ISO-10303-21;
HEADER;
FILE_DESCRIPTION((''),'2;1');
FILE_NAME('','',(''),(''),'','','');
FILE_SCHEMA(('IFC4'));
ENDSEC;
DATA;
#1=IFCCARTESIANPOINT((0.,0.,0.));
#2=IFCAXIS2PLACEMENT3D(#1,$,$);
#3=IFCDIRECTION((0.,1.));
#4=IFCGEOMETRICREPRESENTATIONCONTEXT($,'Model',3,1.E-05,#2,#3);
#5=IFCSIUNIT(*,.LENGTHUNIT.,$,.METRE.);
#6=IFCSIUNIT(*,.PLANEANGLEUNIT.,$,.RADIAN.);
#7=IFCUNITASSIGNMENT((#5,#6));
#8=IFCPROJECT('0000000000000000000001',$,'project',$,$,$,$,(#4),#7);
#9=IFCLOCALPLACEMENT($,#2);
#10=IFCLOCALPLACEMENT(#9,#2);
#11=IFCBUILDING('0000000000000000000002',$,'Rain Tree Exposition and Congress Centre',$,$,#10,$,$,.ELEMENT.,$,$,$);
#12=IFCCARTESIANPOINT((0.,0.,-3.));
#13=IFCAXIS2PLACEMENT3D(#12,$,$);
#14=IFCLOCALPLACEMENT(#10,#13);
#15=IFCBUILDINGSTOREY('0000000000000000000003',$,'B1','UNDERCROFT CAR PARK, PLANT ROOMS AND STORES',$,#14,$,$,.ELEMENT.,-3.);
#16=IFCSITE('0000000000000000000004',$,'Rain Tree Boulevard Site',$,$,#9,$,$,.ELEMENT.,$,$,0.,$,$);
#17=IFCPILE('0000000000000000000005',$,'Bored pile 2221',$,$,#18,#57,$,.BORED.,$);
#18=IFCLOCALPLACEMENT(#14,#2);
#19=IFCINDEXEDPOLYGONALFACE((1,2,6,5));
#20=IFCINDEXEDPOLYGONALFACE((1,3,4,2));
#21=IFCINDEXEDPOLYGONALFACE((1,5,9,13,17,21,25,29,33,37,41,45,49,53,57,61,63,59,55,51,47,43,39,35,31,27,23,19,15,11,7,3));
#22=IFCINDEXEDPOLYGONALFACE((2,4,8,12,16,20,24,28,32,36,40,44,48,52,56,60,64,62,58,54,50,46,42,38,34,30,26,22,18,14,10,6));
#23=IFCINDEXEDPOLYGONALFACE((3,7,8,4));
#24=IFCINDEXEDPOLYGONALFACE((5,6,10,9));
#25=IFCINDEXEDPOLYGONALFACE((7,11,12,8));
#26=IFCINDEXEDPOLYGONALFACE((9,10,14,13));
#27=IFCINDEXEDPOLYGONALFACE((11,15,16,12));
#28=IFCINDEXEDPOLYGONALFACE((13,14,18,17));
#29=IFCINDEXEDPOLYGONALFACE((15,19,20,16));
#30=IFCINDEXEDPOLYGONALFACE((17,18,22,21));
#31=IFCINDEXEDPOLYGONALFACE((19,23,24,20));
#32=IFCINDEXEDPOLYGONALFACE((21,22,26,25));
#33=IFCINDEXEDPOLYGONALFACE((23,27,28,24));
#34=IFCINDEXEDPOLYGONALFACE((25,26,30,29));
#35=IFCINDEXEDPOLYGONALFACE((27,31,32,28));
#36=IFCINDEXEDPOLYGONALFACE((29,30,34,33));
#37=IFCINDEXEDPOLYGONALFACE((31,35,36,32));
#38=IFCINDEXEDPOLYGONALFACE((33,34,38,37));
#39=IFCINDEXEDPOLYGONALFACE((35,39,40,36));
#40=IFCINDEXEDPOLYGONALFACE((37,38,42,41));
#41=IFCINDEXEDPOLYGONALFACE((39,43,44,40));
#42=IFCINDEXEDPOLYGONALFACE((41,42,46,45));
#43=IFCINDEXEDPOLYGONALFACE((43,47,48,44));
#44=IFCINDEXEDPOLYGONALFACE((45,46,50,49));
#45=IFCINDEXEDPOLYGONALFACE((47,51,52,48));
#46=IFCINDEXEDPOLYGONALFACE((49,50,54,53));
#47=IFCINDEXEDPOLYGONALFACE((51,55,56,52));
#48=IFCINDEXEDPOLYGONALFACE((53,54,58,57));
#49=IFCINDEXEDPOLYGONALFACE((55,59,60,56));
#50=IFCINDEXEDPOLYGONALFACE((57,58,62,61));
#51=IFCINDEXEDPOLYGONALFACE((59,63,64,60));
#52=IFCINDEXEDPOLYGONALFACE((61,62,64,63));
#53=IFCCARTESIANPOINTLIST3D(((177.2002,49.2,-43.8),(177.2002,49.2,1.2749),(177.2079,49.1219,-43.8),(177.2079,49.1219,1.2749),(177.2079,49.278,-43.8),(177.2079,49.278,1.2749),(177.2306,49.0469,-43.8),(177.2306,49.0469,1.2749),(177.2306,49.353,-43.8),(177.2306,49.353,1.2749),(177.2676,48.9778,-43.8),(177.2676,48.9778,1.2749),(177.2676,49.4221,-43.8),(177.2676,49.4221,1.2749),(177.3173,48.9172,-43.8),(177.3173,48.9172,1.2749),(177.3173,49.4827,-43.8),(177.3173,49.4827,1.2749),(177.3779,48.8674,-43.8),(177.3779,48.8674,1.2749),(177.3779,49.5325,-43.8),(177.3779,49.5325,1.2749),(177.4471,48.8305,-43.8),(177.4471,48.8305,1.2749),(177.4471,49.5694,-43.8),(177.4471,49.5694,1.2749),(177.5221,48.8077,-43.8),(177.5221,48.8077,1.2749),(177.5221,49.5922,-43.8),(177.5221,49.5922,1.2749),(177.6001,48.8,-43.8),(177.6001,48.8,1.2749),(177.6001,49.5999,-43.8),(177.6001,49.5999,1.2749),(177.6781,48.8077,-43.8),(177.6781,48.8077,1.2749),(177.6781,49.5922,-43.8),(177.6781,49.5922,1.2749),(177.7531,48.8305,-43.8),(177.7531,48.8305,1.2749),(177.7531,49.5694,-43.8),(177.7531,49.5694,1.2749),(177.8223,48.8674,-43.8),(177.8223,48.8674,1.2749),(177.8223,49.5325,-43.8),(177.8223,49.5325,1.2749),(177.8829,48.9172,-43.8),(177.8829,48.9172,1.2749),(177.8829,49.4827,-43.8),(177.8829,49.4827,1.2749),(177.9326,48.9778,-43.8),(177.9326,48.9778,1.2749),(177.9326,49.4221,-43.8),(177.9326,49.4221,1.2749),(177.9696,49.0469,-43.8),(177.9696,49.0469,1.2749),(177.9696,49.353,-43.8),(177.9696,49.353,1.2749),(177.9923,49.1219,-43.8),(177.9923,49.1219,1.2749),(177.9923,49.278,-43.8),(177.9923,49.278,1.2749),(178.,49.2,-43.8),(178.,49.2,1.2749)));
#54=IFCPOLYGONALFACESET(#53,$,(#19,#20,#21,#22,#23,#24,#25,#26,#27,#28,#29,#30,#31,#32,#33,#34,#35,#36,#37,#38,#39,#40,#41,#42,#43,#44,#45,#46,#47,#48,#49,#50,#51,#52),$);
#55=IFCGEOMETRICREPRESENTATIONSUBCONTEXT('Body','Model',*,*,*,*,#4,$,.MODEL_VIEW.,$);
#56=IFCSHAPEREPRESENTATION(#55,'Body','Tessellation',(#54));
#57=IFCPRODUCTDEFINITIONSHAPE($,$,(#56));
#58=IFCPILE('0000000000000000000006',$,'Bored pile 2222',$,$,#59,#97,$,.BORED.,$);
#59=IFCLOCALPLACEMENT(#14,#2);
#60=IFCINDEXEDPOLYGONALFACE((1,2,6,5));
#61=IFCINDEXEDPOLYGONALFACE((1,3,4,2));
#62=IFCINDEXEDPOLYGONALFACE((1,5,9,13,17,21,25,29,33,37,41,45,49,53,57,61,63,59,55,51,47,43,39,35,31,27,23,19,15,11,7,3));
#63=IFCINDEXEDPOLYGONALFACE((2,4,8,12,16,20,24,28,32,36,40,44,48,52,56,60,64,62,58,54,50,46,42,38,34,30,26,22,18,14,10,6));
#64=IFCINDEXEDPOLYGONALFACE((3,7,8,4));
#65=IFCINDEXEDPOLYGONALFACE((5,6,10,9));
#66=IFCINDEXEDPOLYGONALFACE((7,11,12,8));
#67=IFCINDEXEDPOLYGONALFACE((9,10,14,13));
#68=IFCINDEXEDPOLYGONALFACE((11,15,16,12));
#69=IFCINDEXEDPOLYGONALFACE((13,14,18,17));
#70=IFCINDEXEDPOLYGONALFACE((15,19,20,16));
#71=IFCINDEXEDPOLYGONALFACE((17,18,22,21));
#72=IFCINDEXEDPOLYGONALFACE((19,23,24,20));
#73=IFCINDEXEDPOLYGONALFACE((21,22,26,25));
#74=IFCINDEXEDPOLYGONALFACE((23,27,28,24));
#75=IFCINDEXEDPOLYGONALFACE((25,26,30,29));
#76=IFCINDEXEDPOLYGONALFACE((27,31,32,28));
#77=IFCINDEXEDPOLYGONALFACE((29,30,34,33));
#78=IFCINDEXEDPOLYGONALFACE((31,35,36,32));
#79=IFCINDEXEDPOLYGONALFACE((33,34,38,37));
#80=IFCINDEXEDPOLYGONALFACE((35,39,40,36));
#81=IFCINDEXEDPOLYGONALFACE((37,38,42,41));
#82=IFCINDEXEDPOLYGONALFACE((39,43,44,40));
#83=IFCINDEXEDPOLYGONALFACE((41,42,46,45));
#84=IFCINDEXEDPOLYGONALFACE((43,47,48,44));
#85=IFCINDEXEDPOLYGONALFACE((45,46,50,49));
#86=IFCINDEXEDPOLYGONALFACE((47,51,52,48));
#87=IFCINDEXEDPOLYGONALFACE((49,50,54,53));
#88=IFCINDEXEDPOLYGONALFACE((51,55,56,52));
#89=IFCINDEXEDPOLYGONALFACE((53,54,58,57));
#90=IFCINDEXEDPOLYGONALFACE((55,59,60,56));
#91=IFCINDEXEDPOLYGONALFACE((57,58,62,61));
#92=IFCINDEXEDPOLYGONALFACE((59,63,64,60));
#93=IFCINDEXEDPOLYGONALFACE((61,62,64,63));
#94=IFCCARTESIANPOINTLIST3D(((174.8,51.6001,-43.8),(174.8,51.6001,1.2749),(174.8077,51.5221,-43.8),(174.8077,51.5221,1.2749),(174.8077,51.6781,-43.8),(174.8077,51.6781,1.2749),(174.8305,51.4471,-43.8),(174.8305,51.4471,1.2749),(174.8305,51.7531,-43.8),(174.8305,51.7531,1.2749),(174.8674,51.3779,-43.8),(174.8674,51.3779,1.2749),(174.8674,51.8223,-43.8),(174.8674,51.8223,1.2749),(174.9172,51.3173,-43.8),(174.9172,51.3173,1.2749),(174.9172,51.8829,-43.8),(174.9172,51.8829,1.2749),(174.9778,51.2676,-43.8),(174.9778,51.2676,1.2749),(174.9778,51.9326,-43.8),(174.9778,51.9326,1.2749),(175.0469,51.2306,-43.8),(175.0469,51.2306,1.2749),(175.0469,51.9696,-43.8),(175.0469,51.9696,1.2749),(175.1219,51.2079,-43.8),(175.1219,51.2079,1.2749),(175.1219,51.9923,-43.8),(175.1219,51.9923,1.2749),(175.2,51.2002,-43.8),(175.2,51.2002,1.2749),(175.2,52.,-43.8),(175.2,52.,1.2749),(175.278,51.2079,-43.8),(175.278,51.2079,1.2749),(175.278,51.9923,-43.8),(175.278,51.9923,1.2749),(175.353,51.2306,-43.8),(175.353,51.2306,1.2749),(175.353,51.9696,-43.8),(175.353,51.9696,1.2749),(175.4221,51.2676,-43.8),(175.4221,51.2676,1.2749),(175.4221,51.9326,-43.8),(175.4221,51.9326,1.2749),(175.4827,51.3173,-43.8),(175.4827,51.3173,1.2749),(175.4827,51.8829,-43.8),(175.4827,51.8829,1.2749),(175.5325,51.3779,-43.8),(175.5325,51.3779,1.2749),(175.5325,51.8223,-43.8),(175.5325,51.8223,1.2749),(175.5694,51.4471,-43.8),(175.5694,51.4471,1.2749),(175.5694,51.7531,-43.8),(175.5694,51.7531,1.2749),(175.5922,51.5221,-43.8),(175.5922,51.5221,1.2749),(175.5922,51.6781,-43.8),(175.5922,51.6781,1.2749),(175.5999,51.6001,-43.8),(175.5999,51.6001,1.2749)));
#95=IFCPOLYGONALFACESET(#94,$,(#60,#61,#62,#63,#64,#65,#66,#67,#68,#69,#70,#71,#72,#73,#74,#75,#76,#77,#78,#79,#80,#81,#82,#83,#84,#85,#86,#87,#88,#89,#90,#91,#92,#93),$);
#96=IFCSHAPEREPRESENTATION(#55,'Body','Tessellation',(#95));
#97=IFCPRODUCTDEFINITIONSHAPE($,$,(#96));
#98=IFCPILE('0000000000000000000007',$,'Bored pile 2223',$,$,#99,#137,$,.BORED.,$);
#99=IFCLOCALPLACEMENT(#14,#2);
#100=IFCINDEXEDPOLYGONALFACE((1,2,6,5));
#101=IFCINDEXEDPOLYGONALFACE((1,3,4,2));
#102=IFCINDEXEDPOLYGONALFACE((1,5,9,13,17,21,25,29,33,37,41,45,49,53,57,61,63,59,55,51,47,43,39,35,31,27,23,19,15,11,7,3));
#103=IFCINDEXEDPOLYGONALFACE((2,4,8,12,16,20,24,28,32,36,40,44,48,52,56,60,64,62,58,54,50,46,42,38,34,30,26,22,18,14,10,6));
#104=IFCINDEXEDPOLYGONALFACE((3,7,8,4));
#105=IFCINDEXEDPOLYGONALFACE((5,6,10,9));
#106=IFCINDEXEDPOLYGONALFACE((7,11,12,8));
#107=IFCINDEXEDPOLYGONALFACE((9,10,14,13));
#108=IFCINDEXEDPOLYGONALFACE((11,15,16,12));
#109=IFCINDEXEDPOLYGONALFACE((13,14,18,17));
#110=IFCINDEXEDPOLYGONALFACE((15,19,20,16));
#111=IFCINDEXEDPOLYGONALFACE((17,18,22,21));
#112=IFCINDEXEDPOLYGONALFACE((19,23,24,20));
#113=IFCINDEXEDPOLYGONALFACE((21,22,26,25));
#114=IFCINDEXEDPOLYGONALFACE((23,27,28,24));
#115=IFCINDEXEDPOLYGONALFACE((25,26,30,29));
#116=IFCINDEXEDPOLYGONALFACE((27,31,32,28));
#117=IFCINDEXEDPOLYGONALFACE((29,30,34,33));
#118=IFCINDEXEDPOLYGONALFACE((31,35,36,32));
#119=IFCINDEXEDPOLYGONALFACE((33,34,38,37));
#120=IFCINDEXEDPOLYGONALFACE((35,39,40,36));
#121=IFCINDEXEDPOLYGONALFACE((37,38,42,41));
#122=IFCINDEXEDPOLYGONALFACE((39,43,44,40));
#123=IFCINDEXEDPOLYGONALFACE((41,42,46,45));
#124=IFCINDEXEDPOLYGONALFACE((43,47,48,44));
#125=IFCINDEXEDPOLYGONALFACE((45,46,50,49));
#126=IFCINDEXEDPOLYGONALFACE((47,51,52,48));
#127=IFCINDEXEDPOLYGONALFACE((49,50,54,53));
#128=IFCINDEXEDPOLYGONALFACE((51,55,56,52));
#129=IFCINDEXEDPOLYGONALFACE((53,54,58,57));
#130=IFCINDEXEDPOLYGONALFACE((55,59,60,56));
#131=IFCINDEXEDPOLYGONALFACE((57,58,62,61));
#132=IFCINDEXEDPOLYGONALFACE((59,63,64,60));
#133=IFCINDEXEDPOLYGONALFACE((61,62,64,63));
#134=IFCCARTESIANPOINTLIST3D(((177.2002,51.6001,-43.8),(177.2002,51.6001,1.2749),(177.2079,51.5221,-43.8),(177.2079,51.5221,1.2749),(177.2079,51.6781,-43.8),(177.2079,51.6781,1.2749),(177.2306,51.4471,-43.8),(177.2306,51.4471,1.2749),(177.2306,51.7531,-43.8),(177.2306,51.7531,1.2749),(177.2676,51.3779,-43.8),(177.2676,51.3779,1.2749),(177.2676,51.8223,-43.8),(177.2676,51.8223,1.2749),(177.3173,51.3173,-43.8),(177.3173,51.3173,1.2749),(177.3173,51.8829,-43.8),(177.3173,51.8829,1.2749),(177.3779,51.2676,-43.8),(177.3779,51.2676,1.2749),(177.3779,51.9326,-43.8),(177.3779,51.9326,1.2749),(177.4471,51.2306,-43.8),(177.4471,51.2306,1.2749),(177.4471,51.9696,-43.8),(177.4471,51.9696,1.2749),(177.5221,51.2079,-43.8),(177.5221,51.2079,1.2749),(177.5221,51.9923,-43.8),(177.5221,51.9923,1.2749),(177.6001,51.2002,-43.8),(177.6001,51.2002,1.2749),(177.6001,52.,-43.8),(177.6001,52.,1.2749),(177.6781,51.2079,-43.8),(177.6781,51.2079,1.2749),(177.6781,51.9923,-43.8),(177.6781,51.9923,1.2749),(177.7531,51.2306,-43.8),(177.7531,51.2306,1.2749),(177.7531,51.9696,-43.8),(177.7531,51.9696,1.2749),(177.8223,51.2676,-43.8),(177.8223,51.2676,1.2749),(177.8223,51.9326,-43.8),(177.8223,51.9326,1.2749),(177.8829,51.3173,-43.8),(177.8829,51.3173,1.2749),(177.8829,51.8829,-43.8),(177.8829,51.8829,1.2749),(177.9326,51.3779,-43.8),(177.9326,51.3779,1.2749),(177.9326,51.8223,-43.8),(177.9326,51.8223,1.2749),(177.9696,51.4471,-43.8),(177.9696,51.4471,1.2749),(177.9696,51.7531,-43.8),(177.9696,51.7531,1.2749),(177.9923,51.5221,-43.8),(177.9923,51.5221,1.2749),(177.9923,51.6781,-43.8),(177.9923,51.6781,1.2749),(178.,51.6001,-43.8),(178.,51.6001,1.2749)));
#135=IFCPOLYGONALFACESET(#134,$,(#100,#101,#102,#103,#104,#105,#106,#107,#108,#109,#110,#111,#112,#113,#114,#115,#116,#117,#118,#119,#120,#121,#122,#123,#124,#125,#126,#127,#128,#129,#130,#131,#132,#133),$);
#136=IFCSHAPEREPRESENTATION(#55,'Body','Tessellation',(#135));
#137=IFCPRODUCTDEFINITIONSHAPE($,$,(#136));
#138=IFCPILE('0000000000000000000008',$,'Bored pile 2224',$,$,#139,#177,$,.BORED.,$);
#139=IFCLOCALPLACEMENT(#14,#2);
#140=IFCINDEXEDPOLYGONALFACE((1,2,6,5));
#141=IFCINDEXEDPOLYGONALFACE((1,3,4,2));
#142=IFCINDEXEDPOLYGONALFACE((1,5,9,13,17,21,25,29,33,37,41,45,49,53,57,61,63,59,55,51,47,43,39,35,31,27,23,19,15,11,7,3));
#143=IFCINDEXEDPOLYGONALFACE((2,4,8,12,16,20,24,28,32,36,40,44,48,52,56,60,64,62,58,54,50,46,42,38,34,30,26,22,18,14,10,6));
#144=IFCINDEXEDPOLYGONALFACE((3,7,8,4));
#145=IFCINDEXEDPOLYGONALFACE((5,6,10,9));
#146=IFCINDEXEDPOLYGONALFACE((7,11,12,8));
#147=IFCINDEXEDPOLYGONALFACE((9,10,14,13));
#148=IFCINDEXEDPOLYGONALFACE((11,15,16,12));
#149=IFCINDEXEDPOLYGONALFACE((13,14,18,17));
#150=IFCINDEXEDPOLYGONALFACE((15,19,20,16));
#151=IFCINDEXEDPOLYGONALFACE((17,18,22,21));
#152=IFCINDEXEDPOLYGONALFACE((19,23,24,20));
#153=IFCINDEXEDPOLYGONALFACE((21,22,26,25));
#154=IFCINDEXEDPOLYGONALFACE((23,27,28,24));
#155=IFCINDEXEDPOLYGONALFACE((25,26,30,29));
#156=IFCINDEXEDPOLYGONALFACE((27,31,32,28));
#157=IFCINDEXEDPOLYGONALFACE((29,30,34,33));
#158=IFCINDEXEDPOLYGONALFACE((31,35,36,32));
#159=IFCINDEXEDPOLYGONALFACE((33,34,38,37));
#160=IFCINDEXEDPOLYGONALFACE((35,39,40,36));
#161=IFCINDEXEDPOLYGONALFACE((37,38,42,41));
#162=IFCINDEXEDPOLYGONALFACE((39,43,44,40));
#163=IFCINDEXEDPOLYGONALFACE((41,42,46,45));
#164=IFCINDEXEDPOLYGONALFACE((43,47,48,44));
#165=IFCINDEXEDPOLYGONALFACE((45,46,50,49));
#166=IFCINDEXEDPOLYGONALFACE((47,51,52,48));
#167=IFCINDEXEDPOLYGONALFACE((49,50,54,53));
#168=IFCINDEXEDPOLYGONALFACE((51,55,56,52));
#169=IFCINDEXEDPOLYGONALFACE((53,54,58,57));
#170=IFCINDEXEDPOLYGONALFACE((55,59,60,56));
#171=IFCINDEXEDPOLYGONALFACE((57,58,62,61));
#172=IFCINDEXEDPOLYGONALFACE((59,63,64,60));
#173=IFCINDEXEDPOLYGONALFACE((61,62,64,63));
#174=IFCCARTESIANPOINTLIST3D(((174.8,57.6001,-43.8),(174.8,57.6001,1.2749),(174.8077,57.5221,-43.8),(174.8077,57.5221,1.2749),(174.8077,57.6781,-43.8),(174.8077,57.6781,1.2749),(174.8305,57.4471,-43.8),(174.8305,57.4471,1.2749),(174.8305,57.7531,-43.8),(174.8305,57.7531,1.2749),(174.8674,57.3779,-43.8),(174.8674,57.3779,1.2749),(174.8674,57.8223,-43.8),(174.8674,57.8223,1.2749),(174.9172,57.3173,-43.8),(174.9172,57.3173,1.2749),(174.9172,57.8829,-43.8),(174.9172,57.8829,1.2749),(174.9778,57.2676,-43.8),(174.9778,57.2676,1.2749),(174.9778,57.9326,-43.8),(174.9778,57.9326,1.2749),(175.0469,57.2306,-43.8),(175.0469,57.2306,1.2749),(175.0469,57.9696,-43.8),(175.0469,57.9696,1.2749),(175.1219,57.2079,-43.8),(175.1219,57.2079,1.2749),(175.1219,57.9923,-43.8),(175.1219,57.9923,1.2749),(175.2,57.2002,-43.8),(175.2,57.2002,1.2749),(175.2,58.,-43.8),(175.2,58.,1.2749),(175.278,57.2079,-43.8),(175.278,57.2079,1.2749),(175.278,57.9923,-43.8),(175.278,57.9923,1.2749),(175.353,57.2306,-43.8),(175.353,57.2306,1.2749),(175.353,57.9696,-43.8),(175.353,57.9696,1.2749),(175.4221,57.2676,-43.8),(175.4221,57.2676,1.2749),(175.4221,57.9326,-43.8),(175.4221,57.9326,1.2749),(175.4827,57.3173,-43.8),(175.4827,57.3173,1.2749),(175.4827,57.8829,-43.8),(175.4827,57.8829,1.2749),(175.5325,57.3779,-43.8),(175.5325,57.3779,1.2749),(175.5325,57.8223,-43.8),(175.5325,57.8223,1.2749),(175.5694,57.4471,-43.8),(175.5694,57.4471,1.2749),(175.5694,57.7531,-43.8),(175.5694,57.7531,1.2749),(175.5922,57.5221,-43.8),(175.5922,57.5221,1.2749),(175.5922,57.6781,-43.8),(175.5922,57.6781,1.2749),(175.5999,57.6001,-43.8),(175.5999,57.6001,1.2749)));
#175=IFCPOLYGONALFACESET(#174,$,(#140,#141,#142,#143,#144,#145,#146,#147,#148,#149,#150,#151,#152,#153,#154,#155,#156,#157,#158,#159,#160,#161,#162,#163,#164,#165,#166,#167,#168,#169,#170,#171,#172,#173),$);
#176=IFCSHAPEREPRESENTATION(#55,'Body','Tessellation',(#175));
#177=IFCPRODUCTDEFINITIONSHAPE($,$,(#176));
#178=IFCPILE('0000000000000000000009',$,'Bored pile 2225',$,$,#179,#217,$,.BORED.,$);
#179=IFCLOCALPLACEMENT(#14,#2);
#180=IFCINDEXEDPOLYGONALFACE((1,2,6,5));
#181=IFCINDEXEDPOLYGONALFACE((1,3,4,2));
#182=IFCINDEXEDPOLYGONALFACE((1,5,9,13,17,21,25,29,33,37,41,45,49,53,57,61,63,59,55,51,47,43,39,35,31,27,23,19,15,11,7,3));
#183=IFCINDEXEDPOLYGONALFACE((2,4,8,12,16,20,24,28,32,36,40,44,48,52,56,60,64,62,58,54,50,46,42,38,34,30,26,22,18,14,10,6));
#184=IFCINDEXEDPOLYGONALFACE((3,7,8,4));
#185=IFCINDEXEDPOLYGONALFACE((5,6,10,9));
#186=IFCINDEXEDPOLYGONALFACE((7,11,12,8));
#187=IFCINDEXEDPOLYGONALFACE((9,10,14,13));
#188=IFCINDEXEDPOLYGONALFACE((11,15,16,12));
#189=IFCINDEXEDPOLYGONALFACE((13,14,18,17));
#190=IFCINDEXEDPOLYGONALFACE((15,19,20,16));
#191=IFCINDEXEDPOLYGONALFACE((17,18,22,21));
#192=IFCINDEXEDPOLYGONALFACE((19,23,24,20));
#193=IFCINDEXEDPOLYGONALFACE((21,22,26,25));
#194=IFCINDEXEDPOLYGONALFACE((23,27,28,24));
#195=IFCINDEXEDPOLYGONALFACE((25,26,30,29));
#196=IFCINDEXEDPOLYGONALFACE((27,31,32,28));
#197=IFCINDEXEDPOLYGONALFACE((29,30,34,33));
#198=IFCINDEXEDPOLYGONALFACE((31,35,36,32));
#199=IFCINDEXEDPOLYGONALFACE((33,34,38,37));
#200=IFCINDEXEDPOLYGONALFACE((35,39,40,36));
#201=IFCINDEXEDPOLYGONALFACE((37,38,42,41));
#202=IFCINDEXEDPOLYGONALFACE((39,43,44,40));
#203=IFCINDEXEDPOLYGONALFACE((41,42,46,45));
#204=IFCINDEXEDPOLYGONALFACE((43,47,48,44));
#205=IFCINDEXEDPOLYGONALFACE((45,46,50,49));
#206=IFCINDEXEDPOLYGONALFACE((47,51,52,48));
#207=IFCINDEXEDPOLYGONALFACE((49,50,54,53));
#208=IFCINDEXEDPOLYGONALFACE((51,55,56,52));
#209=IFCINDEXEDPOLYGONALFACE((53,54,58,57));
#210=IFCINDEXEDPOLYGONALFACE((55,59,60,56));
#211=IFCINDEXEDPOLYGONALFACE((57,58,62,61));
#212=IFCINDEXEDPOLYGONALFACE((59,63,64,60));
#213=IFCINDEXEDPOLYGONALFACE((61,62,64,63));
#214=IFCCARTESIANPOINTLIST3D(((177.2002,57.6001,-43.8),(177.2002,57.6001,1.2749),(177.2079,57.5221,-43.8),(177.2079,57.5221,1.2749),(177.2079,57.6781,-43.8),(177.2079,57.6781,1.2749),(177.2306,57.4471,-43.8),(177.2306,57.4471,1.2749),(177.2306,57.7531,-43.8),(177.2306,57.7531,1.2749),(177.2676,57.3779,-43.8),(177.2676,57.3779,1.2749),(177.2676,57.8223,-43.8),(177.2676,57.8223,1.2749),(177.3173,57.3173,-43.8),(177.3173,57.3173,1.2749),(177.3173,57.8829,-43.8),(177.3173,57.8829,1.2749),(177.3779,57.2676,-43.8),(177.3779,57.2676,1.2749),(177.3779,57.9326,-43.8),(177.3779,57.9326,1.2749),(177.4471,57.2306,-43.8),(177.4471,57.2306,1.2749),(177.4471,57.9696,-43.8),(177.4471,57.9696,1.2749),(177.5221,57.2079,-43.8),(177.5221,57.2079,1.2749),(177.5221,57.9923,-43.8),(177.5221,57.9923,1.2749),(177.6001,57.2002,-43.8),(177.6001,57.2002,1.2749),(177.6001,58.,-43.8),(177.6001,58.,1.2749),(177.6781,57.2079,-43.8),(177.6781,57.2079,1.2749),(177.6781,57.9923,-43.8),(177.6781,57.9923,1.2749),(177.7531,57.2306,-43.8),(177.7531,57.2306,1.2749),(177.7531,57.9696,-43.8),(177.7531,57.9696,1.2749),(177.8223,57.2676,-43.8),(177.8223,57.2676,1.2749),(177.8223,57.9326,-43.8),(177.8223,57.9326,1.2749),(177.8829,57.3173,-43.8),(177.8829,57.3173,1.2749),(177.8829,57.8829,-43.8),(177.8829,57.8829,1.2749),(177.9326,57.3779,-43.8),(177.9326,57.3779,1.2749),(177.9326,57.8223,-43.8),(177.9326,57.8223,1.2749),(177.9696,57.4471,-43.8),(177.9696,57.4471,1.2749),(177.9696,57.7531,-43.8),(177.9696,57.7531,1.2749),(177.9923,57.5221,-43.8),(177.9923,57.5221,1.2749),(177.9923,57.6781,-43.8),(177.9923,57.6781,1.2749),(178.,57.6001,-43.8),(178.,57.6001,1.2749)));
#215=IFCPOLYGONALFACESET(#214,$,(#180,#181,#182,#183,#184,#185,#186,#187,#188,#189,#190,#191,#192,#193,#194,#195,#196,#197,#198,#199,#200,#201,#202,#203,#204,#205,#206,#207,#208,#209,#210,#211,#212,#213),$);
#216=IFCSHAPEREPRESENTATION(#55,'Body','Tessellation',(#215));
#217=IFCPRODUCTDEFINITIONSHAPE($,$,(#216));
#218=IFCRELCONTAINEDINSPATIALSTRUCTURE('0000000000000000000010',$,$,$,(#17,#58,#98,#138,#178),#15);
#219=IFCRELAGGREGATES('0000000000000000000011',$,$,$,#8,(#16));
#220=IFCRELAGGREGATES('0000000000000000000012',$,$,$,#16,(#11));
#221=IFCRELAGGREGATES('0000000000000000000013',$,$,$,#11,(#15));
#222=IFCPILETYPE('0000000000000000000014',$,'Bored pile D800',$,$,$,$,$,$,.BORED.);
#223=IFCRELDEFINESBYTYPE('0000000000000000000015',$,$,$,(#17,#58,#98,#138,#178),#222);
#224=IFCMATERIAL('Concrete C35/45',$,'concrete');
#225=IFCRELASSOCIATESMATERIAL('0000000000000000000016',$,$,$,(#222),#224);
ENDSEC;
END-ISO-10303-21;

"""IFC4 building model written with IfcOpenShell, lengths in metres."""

from ifc_helpers import new_model, si_unit, direction, frame, origin, origin_2d, place, context, subcontext, project, spatial, circle, extrude, material, material_profile, profile_set, type_object, element, save


model = new_model("IFC4")

# Units and contexts
model_context = context("Model", 3, precision=1e-05, world=origin(), true_north=direction((0.0, 1.0)))
body_context = subcontext(model_context, "Body", "Model", "MODEL_VIEW")
ifc_project = project(units=[si_unit("LENGTHUNIT", "METRE"), si_unit("PLANEANGLEUNIT", "RADIAN")], contexts=[model_context])

# Site, building, storey
site_placement = place(None, origin())
site = spatial("IfcSite", under=ifc_project, at=site_placement, Name="Rain Tree Boulevard Site", CompositionType="ELEMENT", RefElevation=0.0)
building_placement = place(site_placement, origin())
building = spatial("IfcBuilding", under=site, at=building_placement, Name="Rain Tree Exposition and Congress Centre", CompositionType="ELEMENT")
storey_placement = place(building_placement, frame((0.0, 0.0, -3.0)))
storey = spatial("IfcBuildingStorey", under=building, at=storey_placement, Name="B1", Description="UNDERCROFT CAR PARK, PLANT ROOMS AND STORES", CompositionType="ELEMENT", Elevation=-3.0)

# Piles
ifc_material_1 = material(Name="Concrete C35/45", Category="concrete")
ifc_material_profile_1 = material_profile(ifc_material_1, circle(Radius=0.3999, at=origin_2d()), Name="D800")
ifc_profile_set_1 = profile_set([ifc_material_profile_1], Name="Concrete C35/45")
pile_type = type_object("IfcPileType", Name="Bored pile D800", PredefinedType="BORED", material=ifc_profile_set_1)
for number, where, z_axis, x_axis, name in (
    (1, (177.6001, 49.2, 1.2749), (0.0, 0.0, -1.0), (1.0, 0.0, 0.0), "Bored pile 2221"),
    (2, (175.2, 51.6001, 1.2749), (0.0, 0.0, -1.0), (1.0, 0.0, 0.0), "Bored pile 2222"),
    (3, (177.6001, 51.6001, 1.2749), (0.0, 0.0, -1.0), (1.0, 0.0, 0.0), "Bored pile 2223"),
    (4, (175.2, 57.6001, 1.2749), (0.0, 0.0, -1.0), (1.0, 0.0, 0.0), "Bored pile 2224"),
    (5, (177.6001, 57.6001, 1.2749), (0.0, 0.0, -1.0), (1.0, 0.0, 0.0), "Bored pile 2225"),
):
    element("IfcPile", number, at=place(storey_placement, frame(where, z_axis=z_axis, x_axis=x_axis)), inside=storey, type_object=pile_type, Name=name, PredefinedType="BORED", context=body_context, shape_type="SweptSolid", body=[
        extrude(circle(Radius=0.3999, at=origin_2d()), origin(), (0.0, 0.0, 1.0), 45.075),
    ])

save(model, "model.ifc")
